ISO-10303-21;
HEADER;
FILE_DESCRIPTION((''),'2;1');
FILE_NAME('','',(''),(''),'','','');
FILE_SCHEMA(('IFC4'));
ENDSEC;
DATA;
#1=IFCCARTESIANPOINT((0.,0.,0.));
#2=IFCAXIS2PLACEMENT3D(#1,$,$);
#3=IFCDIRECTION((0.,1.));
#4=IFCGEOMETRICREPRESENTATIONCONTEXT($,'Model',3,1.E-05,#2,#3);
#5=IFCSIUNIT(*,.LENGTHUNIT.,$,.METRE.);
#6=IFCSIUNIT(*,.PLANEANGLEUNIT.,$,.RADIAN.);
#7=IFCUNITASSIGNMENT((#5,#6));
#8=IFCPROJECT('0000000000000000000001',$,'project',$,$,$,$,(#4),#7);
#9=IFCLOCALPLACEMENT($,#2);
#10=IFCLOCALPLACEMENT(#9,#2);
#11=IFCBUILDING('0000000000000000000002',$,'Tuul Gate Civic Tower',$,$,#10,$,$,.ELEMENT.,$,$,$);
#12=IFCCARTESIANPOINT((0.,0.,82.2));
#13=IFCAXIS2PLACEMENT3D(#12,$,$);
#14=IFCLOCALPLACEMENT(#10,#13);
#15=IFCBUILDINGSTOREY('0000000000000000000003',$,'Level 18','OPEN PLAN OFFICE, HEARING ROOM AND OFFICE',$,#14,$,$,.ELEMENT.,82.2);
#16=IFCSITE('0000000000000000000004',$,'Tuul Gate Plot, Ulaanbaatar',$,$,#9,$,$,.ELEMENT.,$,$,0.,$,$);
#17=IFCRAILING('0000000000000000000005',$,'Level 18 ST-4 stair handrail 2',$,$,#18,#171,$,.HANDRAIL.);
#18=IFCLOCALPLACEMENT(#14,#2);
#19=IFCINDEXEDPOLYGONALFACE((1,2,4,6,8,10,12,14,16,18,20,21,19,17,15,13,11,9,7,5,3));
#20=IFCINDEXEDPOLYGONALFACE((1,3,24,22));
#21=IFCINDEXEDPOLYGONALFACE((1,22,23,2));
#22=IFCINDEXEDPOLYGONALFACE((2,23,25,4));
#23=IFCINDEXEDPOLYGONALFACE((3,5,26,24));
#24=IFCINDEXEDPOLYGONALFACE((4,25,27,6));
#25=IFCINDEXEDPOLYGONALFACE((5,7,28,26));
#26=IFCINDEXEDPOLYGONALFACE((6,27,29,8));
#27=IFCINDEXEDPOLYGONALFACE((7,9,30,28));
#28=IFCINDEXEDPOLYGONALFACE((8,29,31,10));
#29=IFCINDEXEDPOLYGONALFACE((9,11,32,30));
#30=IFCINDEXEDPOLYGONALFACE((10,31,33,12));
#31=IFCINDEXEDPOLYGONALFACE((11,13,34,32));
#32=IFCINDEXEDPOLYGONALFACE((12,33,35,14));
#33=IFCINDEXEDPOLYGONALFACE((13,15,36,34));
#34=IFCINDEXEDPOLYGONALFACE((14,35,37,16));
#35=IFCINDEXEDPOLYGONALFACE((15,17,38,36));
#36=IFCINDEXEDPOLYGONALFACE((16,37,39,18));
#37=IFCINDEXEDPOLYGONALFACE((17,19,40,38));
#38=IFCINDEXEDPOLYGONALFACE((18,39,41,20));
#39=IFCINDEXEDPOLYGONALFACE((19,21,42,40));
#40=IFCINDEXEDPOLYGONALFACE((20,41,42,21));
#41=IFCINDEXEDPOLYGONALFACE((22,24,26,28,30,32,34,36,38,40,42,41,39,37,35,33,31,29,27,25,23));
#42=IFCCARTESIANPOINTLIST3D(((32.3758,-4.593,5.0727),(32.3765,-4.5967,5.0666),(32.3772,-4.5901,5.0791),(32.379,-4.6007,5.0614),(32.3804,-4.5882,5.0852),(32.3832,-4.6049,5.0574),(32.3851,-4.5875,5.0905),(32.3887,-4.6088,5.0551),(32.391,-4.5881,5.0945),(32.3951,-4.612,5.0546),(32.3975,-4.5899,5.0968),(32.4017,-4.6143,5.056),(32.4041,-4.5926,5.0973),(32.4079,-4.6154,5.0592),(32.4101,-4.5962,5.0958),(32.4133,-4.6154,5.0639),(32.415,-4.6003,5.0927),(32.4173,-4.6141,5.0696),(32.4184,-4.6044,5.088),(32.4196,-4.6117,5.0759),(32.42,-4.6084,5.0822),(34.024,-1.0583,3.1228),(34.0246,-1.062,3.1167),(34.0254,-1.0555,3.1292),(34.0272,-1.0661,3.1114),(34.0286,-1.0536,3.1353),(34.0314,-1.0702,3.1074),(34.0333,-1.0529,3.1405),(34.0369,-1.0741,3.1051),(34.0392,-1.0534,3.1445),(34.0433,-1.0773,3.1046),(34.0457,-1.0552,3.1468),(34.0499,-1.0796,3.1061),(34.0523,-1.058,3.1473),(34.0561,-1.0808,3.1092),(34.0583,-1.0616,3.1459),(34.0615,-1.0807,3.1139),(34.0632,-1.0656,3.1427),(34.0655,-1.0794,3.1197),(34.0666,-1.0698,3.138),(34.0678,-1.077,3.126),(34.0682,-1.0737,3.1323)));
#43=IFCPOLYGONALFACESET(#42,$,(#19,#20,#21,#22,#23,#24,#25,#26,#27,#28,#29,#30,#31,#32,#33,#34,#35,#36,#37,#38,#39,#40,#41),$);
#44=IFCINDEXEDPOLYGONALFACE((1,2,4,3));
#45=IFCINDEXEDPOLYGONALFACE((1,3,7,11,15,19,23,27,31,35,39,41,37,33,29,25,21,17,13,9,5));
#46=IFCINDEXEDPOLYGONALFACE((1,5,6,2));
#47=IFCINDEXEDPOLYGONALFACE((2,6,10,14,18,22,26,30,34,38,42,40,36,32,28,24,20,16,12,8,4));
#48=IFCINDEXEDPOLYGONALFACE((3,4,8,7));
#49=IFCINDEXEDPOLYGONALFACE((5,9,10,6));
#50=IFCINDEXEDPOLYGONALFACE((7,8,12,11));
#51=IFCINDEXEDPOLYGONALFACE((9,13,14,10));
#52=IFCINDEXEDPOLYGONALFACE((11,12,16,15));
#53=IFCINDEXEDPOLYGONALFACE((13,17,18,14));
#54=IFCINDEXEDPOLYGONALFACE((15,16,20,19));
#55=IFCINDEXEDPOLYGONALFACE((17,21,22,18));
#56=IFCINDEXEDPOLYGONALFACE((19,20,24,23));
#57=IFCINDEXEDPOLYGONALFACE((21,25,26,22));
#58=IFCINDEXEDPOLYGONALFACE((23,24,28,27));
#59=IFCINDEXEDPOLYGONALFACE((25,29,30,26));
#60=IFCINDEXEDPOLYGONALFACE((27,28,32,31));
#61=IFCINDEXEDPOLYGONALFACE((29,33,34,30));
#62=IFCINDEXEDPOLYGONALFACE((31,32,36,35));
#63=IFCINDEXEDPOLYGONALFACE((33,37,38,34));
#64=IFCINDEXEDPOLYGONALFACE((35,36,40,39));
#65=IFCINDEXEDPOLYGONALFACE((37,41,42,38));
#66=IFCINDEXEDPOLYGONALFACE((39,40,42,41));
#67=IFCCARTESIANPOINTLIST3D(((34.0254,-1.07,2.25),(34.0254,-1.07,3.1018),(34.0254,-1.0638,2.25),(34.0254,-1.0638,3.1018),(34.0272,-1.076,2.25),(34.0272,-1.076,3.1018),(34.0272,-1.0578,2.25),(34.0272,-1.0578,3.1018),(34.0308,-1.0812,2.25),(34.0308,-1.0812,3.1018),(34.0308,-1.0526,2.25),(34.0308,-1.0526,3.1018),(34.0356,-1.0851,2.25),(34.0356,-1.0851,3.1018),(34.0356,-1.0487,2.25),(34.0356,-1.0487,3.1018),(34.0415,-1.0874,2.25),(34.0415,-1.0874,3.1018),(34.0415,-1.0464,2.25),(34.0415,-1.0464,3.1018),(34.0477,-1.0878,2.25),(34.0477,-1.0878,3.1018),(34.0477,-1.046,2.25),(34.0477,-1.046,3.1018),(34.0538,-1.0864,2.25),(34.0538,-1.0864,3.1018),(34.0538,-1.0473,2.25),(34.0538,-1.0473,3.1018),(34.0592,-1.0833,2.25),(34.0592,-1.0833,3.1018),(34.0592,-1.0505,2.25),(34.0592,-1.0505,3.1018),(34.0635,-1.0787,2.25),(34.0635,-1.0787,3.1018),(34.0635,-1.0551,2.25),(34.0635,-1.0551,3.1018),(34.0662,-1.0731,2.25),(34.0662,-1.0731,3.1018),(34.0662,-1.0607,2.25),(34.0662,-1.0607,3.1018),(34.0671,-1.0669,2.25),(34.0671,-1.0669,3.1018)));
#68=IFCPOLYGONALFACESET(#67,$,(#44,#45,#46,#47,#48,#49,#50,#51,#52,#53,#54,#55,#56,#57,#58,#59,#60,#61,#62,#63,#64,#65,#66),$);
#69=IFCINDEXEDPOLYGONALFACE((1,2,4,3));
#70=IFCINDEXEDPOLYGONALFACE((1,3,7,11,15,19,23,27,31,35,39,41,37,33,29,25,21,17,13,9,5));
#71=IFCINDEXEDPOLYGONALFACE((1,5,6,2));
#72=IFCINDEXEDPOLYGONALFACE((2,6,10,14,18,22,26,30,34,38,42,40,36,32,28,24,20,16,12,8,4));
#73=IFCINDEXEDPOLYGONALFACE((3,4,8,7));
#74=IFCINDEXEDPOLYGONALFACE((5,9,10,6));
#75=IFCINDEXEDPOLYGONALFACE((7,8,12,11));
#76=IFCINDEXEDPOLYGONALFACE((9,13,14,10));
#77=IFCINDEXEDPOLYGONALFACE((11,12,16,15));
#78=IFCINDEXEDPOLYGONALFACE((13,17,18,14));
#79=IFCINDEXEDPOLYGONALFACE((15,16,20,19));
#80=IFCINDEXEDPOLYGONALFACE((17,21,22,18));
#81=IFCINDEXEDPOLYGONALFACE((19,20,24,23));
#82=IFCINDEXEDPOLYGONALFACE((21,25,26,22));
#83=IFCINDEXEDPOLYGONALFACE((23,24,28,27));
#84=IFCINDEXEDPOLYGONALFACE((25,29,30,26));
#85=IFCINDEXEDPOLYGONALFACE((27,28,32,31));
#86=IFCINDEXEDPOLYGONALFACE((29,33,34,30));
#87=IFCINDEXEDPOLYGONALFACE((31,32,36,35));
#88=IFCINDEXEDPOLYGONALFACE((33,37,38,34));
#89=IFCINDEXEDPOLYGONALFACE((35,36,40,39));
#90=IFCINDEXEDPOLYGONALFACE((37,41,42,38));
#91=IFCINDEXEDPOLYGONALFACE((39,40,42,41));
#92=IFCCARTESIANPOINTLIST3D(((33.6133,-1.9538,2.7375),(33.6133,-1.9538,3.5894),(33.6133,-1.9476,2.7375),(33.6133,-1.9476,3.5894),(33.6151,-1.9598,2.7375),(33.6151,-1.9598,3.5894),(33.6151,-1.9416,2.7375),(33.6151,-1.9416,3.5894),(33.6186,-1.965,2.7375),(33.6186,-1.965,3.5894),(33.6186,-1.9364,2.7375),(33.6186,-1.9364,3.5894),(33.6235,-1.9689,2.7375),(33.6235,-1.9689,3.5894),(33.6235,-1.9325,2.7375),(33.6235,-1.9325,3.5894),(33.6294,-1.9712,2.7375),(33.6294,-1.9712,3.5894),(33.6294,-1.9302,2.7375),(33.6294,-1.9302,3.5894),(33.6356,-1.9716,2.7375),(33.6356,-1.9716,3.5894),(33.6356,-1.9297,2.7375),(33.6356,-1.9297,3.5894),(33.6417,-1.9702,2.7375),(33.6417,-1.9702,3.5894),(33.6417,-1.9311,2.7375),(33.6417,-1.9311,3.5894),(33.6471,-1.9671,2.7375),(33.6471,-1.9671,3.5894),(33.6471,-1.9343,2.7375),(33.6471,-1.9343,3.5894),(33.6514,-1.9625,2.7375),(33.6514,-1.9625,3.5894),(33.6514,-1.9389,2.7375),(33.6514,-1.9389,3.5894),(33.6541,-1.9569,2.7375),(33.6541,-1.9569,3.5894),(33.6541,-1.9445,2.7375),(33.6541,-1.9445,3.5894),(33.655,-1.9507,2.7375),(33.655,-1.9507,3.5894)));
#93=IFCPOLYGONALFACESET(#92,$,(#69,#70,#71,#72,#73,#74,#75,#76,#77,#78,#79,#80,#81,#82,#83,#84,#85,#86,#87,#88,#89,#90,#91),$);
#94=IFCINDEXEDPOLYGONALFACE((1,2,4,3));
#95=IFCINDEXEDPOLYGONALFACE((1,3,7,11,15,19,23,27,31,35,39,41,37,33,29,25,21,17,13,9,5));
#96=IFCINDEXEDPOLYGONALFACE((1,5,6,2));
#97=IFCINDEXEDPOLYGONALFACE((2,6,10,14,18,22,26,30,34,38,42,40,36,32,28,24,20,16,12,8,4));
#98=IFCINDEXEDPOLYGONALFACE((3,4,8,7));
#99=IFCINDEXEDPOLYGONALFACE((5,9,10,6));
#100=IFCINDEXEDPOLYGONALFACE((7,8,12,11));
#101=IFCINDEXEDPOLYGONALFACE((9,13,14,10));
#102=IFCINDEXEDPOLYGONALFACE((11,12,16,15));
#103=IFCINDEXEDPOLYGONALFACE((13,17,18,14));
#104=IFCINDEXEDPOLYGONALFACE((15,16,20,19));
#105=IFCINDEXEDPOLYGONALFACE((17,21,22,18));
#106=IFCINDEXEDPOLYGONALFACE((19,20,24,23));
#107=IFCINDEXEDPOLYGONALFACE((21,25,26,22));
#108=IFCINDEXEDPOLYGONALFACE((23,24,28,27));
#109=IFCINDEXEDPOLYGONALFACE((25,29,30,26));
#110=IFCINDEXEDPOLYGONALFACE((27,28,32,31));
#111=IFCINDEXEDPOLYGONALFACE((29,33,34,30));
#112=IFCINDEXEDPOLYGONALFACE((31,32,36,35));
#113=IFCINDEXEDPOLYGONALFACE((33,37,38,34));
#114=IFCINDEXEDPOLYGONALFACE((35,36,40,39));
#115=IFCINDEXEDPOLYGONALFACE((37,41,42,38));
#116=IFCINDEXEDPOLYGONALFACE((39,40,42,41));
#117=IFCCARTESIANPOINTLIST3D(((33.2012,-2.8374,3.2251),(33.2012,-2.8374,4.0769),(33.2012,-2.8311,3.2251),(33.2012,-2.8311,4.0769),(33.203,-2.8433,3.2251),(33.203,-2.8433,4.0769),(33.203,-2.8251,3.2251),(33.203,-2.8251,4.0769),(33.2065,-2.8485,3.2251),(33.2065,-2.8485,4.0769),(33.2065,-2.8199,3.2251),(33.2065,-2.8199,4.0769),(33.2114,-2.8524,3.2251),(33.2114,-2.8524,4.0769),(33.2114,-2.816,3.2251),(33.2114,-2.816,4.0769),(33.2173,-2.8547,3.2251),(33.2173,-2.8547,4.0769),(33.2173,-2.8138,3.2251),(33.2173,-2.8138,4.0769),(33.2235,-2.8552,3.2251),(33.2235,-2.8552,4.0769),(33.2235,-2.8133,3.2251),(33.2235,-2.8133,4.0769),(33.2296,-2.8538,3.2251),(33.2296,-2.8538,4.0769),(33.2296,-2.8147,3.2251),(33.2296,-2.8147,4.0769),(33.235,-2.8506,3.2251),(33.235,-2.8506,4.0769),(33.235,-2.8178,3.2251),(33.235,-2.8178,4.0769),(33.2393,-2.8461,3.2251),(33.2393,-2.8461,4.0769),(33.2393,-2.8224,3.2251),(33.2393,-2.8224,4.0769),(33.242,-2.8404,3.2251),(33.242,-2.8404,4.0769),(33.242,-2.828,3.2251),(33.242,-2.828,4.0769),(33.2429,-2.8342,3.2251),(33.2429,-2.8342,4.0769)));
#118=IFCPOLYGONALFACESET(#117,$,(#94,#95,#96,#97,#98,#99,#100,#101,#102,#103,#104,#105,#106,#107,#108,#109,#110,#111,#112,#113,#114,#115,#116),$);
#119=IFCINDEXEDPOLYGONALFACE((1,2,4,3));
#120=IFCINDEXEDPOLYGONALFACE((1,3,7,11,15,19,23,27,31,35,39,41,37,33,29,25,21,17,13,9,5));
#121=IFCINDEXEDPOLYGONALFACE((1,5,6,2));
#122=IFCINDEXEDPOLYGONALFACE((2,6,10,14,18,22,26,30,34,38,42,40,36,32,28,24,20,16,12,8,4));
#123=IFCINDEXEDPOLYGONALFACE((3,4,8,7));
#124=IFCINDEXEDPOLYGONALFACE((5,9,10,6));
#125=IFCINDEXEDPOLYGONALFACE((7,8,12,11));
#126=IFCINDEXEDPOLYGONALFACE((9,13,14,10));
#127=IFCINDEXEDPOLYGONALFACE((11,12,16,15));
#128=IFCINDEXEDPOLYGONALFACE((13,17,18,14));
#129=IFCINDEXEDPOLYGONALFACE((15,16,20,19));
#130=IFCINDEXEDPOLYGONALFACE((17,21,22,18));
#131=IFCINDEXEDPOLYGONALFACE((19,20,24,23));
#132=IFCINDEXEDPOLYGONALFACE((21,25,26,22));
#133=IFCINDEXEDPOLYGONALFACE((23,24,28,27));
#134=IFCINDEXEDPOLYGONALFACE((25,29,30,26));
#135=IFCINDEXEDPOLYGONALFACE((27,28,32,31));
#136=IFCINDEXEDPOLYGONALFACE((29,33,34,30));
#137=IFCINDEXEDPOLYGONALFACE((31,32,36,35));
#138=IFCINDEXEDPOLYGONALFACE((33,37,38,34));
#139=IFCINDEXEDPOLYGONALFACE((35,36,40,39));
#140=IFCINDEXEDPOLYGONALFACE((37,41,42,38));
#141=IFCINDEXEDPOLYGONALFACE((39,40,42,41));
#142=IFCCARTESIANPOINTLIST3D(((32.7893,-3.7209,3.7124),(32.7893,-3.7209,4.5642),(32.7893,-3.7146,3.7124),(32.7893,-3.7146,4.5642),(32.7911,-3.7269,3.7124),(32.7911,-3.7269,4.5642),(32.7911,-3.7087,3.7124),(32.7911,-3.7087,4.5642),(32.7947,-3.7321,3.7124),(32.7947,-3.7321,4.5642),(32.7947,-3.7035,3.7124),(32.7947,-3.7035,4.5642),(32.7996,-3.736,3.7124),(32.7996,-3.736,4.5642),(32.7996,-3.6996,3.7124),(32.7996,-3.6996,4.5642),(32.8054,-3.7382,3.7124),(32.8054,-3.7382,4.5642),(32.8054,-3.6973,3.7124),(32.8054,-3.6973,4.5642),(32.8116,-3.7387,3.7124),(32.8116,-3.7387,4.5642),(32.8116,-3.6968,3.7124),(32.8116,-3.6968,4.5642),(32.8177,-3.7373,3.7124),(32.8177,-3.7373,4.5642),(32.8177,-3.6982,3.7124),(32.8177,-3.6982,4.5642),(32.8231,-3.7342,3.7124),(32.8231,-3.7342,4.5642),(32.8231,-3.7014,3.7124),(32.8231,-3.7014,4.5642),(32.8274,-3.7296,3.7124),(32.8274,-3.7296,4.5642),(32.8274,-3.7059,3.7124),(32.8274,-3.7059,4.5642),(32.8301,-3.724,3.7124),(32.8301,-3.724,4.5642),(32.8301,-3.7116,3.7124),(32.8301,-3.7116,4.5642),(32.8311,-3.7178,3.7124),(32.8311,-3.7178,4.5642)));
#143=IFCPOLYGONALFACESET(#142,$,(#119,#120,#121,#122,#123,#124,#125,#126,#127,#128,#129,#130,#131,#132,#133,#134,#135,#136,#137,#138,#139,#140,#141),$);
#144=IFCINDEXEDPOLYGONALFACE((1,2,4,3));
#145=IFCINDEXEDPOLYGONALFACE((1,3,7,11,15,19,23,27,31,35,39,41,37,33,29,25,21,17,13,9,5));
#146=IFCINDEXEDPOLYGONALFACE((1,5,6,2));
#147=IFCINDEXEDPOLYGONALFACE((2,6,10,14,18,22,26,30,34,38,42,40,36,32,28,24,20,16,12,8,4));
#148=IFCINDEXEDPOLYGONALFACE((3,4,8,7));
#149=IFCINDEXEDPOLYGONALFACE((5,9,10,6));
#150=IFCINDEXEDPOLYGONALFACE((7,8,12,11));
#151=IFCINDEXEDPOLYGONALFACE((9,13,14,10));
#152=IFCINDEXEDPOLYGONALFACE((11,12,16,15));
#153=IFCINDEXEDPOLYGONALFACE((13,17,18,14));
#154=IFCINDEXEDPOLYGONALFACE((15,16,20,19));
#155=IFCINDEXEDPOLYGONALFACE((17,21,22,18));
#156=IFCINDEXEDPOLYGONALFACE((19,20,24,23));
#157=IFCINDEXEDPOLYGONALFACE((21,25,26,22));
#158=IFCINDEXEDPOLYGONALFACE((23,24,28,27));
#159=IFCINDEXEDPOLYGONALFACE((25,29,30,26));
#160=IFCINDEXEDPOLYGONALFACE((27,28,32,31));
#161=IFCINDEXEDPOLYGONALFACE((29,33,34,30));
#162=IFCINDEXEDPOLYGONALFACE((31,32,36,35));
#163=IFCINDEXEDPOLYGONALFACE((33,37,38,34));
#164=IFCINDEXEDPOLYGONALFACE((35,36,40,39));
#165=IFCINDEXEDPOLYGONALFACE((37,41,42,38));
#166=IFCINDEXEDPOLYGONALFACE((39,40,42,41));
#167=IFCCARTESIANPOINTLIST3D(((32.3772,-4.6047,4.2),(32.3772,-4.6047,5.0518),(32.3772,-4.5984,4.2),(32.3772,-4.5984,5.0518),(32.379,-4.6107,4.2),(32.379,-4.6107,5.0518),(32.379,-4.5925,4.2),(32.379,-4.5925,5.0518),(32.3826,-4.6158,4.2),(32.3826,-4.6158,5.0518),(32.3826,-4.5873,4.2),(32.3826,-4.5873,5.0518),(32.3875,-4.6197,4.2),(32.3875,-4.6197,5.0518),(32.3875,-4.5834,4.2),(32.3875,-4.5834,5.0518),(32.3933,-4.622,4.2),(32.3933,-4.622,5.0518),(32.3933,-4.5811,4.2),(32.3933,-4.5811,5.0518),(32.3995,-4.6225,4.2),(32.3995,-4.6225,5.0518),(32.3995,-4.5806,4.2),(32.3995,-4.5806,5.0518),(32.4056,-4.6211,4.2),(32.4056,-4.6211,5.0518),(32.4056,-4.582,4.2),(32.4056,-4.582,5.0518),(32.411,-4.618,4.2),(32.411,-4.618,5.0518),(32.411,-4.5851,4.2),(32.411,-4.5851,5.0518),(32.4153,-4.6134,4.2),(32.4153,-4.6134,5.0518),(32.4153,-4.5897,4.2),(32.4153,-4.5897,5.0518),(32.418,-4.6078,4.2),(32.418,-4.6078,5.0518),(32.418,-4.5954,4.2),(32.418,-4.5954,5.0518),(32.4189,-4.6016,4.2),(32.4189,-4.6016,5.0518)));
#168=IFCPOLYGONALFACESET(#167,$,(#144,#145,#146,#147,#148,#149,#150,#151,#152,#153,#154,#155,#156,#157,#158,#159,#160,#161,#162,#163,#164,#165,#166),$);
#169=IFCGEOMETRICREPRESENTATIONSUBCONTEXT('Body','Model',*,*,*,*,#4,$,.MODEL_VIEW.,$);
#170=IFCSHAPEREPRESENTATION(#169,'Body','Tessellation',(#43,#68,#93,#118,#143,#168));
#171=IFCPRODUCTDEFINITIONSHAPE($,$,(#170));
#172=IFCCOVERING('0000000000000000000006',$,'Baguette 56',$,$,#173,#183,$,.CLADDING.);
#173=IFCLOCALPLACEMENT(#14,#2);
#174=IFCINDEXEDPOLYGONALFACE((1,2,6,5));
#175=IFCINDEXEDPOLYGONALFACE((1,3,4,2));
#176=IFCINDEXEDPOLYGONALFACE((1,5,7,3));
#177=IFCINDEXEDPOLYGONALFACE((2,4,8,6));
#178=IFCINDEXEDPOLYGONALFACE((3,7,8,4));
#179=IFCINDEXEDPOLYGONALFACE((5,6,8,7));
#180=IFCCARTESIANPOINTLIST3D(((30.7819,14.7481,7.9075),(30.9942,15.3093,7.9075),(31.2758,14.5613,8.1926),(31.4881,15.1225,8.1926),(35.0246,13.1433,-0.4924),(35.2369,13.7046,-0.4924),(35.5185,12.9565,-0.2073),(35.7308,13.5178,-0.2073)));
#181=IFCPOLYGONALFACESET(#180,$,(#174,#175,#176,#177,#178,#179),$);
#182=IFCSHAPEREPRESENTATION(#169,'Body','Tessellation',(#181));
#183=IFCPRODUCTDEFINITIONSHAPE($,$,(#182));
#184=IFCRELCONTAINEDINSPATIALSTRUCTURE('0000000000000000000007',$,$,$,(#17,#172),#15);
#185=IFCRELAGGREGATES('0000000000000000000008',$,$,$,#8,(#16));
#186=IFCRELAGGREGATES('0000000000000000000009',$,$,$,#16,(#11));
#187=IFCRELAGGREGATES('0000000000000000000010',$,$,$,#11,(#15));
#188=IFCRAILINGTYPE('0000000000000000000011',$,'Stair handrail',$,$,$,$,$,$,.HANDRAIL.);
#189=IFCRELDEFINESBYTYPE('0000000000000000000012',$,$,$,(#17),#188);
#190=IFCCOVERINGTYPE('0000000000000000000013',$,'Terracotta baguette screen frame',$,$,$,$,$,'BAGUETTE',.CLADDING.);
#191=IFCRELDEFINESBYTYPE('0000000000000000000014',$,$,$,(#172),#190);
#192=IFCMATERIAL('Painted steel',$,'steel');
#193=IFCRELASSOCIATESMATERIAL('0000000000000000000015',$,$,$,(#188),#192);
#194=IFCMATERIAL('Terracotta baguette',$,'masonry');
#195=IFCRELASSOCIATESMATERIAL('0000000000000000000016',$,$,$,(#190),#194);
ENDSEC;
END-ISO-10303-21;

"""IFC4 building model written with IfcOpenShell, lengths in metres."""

from ifc_helpers import new_model, si_unit, direction, frame, origin, origin_2d, place, context, subcontext, project, spatial, rectangle, circle, extrude, material, material_profile, profile_set, type_object, element, save


model = new_model("IFC4")

# Units and contexts
model_context = context("Model", 3, precision=1e-05, world=origin(), true_north=direction((0.0, 1.0)))
body_context = subcontext(model_context, "Body", "Model", "MODEL_VIEW")
ifc_project = project(units=[si_unit("LENGTHUNIT", "METRE"), si_unit("PLANEANGLEUNIT", "RADIAN")], contexts=[model_context])

# Site, building, storey
site_placement = place(None, origin())
site = spatial("IfcSite", under=ifc_project, at=site_placement, Name="Tuul Gate Plot, Ulaanbaatar", CompositionType="ELEMENT", RefElevation=0.0)
building_placement = place(site_placement, origin())
building = spatial("IfcBuilding", under=site, at=building_placement, Name="Tuul Gate Civic Tower", CompositionType="ELEMENT")
storey_placement = place(building_placement, frame((0.0, 0.0, 82.2)))
storey = spatial("IfcBuildingStorey", under=building, at=storey_placement, Name="Level 18", Description="OPEN PLAN OFFICE, HEARING ROOM AND OFFICE", CompositionType="ELEMENT", Elevation=82.2)

# Railing
ifc_material_1 = material(Name="Painted steel", Category="steel")
railing_type = type_object("IfcRailingType", Name="Stair handrail", PredefinedType="HANDRAIL", material=ifc_material_1)
railing_placement = place(storey_placement, frame((34.0461, -1.0669, 2.25)))
element("IfcRailing", 1, at=railing_placement, inside=storey, type_object=railing_type, Name="Level 18 ST-4 stair handrail 2", PredefinedType="HANDRAIL", context=body_context, shape_type="SweptSolid", body=[
    extrude(circle(Radius=0.0239, at=origin_2d()), frame((0.0, 0.0, 0.876), z_axis=(-0.377995, -0.810637, 0.4472), x_axis=(0.906313, -0.422608, 0.0)), (0.0, 0.0, 1.0), 4.3604),
    extrude(circle(Radius=0.021, at=origin_2d()), origin(), (0.0, 0.0, 1.0), 0.8518),
    extrude(circle(Radius=0.021, at=origin_2d()), frame((-0.4121, -0.8838, 0.4875)), (0.0, 0.0, 1.0), 0.8518),
    extrude(circle(Radius=0.021, at=origin_2d()), frame((-0.8242, -1.7673, 0.9751)), (0.0, 0.0, 1.0), 0.8518),
    extrude(circle(Radius=0.021, at=origin_2d()), frame((-1.2361, -2.6509, 1.4624)), (0.0, 0.0, 1.0), 0.8518),
    extrude(circle(Radius=0.021, at=origin_2d()), frame((-1.6482, -3.5347, 1.95)), (0.0, 0.0, 1.0), 0.8518),
])

# Covering
ifc_material_2 = material(Name="Terracotta baguette", Category="masonry")
ifc_material_profile_1 = material_profile(ifc_material_2, rectangle(XDim=0.6001, YDim=0.6001, at=origin_2d()), Name="Terracotta baguette screen frame")
ifc_profile_set_1 = profile_set([ifc_material_profile_1], Name="Terracotta baguette")
covering_type = type_object("IfcCoveringType", Name="Terracotta baguette screen frame", ElementType="BAGUETTE", PredefinedType="CLADDING", material=ifc_profile_set_1)
covering_placement = place(storey_placement, frame((31.135, 14.9353, 8.05), z_axis=(0.444427, -0.168099, -0.879902), x_axis=(0.353776, 0.93533, 0.0)))
element("IfcCovering", 2, at=covering_placement, inside=storey, type_object=covering_type, Name="Baguette 56", PredefinedType="CLADDING", context=body_context, shape_type="SweptSolid", body=[
    extrude(rectangle(XDim=0.6001, YDim=0.6001, at=origin_2d()), origin(), (0.0, 0.0, 1.0), 9.5464),
])

save(model, "model.ifc")
